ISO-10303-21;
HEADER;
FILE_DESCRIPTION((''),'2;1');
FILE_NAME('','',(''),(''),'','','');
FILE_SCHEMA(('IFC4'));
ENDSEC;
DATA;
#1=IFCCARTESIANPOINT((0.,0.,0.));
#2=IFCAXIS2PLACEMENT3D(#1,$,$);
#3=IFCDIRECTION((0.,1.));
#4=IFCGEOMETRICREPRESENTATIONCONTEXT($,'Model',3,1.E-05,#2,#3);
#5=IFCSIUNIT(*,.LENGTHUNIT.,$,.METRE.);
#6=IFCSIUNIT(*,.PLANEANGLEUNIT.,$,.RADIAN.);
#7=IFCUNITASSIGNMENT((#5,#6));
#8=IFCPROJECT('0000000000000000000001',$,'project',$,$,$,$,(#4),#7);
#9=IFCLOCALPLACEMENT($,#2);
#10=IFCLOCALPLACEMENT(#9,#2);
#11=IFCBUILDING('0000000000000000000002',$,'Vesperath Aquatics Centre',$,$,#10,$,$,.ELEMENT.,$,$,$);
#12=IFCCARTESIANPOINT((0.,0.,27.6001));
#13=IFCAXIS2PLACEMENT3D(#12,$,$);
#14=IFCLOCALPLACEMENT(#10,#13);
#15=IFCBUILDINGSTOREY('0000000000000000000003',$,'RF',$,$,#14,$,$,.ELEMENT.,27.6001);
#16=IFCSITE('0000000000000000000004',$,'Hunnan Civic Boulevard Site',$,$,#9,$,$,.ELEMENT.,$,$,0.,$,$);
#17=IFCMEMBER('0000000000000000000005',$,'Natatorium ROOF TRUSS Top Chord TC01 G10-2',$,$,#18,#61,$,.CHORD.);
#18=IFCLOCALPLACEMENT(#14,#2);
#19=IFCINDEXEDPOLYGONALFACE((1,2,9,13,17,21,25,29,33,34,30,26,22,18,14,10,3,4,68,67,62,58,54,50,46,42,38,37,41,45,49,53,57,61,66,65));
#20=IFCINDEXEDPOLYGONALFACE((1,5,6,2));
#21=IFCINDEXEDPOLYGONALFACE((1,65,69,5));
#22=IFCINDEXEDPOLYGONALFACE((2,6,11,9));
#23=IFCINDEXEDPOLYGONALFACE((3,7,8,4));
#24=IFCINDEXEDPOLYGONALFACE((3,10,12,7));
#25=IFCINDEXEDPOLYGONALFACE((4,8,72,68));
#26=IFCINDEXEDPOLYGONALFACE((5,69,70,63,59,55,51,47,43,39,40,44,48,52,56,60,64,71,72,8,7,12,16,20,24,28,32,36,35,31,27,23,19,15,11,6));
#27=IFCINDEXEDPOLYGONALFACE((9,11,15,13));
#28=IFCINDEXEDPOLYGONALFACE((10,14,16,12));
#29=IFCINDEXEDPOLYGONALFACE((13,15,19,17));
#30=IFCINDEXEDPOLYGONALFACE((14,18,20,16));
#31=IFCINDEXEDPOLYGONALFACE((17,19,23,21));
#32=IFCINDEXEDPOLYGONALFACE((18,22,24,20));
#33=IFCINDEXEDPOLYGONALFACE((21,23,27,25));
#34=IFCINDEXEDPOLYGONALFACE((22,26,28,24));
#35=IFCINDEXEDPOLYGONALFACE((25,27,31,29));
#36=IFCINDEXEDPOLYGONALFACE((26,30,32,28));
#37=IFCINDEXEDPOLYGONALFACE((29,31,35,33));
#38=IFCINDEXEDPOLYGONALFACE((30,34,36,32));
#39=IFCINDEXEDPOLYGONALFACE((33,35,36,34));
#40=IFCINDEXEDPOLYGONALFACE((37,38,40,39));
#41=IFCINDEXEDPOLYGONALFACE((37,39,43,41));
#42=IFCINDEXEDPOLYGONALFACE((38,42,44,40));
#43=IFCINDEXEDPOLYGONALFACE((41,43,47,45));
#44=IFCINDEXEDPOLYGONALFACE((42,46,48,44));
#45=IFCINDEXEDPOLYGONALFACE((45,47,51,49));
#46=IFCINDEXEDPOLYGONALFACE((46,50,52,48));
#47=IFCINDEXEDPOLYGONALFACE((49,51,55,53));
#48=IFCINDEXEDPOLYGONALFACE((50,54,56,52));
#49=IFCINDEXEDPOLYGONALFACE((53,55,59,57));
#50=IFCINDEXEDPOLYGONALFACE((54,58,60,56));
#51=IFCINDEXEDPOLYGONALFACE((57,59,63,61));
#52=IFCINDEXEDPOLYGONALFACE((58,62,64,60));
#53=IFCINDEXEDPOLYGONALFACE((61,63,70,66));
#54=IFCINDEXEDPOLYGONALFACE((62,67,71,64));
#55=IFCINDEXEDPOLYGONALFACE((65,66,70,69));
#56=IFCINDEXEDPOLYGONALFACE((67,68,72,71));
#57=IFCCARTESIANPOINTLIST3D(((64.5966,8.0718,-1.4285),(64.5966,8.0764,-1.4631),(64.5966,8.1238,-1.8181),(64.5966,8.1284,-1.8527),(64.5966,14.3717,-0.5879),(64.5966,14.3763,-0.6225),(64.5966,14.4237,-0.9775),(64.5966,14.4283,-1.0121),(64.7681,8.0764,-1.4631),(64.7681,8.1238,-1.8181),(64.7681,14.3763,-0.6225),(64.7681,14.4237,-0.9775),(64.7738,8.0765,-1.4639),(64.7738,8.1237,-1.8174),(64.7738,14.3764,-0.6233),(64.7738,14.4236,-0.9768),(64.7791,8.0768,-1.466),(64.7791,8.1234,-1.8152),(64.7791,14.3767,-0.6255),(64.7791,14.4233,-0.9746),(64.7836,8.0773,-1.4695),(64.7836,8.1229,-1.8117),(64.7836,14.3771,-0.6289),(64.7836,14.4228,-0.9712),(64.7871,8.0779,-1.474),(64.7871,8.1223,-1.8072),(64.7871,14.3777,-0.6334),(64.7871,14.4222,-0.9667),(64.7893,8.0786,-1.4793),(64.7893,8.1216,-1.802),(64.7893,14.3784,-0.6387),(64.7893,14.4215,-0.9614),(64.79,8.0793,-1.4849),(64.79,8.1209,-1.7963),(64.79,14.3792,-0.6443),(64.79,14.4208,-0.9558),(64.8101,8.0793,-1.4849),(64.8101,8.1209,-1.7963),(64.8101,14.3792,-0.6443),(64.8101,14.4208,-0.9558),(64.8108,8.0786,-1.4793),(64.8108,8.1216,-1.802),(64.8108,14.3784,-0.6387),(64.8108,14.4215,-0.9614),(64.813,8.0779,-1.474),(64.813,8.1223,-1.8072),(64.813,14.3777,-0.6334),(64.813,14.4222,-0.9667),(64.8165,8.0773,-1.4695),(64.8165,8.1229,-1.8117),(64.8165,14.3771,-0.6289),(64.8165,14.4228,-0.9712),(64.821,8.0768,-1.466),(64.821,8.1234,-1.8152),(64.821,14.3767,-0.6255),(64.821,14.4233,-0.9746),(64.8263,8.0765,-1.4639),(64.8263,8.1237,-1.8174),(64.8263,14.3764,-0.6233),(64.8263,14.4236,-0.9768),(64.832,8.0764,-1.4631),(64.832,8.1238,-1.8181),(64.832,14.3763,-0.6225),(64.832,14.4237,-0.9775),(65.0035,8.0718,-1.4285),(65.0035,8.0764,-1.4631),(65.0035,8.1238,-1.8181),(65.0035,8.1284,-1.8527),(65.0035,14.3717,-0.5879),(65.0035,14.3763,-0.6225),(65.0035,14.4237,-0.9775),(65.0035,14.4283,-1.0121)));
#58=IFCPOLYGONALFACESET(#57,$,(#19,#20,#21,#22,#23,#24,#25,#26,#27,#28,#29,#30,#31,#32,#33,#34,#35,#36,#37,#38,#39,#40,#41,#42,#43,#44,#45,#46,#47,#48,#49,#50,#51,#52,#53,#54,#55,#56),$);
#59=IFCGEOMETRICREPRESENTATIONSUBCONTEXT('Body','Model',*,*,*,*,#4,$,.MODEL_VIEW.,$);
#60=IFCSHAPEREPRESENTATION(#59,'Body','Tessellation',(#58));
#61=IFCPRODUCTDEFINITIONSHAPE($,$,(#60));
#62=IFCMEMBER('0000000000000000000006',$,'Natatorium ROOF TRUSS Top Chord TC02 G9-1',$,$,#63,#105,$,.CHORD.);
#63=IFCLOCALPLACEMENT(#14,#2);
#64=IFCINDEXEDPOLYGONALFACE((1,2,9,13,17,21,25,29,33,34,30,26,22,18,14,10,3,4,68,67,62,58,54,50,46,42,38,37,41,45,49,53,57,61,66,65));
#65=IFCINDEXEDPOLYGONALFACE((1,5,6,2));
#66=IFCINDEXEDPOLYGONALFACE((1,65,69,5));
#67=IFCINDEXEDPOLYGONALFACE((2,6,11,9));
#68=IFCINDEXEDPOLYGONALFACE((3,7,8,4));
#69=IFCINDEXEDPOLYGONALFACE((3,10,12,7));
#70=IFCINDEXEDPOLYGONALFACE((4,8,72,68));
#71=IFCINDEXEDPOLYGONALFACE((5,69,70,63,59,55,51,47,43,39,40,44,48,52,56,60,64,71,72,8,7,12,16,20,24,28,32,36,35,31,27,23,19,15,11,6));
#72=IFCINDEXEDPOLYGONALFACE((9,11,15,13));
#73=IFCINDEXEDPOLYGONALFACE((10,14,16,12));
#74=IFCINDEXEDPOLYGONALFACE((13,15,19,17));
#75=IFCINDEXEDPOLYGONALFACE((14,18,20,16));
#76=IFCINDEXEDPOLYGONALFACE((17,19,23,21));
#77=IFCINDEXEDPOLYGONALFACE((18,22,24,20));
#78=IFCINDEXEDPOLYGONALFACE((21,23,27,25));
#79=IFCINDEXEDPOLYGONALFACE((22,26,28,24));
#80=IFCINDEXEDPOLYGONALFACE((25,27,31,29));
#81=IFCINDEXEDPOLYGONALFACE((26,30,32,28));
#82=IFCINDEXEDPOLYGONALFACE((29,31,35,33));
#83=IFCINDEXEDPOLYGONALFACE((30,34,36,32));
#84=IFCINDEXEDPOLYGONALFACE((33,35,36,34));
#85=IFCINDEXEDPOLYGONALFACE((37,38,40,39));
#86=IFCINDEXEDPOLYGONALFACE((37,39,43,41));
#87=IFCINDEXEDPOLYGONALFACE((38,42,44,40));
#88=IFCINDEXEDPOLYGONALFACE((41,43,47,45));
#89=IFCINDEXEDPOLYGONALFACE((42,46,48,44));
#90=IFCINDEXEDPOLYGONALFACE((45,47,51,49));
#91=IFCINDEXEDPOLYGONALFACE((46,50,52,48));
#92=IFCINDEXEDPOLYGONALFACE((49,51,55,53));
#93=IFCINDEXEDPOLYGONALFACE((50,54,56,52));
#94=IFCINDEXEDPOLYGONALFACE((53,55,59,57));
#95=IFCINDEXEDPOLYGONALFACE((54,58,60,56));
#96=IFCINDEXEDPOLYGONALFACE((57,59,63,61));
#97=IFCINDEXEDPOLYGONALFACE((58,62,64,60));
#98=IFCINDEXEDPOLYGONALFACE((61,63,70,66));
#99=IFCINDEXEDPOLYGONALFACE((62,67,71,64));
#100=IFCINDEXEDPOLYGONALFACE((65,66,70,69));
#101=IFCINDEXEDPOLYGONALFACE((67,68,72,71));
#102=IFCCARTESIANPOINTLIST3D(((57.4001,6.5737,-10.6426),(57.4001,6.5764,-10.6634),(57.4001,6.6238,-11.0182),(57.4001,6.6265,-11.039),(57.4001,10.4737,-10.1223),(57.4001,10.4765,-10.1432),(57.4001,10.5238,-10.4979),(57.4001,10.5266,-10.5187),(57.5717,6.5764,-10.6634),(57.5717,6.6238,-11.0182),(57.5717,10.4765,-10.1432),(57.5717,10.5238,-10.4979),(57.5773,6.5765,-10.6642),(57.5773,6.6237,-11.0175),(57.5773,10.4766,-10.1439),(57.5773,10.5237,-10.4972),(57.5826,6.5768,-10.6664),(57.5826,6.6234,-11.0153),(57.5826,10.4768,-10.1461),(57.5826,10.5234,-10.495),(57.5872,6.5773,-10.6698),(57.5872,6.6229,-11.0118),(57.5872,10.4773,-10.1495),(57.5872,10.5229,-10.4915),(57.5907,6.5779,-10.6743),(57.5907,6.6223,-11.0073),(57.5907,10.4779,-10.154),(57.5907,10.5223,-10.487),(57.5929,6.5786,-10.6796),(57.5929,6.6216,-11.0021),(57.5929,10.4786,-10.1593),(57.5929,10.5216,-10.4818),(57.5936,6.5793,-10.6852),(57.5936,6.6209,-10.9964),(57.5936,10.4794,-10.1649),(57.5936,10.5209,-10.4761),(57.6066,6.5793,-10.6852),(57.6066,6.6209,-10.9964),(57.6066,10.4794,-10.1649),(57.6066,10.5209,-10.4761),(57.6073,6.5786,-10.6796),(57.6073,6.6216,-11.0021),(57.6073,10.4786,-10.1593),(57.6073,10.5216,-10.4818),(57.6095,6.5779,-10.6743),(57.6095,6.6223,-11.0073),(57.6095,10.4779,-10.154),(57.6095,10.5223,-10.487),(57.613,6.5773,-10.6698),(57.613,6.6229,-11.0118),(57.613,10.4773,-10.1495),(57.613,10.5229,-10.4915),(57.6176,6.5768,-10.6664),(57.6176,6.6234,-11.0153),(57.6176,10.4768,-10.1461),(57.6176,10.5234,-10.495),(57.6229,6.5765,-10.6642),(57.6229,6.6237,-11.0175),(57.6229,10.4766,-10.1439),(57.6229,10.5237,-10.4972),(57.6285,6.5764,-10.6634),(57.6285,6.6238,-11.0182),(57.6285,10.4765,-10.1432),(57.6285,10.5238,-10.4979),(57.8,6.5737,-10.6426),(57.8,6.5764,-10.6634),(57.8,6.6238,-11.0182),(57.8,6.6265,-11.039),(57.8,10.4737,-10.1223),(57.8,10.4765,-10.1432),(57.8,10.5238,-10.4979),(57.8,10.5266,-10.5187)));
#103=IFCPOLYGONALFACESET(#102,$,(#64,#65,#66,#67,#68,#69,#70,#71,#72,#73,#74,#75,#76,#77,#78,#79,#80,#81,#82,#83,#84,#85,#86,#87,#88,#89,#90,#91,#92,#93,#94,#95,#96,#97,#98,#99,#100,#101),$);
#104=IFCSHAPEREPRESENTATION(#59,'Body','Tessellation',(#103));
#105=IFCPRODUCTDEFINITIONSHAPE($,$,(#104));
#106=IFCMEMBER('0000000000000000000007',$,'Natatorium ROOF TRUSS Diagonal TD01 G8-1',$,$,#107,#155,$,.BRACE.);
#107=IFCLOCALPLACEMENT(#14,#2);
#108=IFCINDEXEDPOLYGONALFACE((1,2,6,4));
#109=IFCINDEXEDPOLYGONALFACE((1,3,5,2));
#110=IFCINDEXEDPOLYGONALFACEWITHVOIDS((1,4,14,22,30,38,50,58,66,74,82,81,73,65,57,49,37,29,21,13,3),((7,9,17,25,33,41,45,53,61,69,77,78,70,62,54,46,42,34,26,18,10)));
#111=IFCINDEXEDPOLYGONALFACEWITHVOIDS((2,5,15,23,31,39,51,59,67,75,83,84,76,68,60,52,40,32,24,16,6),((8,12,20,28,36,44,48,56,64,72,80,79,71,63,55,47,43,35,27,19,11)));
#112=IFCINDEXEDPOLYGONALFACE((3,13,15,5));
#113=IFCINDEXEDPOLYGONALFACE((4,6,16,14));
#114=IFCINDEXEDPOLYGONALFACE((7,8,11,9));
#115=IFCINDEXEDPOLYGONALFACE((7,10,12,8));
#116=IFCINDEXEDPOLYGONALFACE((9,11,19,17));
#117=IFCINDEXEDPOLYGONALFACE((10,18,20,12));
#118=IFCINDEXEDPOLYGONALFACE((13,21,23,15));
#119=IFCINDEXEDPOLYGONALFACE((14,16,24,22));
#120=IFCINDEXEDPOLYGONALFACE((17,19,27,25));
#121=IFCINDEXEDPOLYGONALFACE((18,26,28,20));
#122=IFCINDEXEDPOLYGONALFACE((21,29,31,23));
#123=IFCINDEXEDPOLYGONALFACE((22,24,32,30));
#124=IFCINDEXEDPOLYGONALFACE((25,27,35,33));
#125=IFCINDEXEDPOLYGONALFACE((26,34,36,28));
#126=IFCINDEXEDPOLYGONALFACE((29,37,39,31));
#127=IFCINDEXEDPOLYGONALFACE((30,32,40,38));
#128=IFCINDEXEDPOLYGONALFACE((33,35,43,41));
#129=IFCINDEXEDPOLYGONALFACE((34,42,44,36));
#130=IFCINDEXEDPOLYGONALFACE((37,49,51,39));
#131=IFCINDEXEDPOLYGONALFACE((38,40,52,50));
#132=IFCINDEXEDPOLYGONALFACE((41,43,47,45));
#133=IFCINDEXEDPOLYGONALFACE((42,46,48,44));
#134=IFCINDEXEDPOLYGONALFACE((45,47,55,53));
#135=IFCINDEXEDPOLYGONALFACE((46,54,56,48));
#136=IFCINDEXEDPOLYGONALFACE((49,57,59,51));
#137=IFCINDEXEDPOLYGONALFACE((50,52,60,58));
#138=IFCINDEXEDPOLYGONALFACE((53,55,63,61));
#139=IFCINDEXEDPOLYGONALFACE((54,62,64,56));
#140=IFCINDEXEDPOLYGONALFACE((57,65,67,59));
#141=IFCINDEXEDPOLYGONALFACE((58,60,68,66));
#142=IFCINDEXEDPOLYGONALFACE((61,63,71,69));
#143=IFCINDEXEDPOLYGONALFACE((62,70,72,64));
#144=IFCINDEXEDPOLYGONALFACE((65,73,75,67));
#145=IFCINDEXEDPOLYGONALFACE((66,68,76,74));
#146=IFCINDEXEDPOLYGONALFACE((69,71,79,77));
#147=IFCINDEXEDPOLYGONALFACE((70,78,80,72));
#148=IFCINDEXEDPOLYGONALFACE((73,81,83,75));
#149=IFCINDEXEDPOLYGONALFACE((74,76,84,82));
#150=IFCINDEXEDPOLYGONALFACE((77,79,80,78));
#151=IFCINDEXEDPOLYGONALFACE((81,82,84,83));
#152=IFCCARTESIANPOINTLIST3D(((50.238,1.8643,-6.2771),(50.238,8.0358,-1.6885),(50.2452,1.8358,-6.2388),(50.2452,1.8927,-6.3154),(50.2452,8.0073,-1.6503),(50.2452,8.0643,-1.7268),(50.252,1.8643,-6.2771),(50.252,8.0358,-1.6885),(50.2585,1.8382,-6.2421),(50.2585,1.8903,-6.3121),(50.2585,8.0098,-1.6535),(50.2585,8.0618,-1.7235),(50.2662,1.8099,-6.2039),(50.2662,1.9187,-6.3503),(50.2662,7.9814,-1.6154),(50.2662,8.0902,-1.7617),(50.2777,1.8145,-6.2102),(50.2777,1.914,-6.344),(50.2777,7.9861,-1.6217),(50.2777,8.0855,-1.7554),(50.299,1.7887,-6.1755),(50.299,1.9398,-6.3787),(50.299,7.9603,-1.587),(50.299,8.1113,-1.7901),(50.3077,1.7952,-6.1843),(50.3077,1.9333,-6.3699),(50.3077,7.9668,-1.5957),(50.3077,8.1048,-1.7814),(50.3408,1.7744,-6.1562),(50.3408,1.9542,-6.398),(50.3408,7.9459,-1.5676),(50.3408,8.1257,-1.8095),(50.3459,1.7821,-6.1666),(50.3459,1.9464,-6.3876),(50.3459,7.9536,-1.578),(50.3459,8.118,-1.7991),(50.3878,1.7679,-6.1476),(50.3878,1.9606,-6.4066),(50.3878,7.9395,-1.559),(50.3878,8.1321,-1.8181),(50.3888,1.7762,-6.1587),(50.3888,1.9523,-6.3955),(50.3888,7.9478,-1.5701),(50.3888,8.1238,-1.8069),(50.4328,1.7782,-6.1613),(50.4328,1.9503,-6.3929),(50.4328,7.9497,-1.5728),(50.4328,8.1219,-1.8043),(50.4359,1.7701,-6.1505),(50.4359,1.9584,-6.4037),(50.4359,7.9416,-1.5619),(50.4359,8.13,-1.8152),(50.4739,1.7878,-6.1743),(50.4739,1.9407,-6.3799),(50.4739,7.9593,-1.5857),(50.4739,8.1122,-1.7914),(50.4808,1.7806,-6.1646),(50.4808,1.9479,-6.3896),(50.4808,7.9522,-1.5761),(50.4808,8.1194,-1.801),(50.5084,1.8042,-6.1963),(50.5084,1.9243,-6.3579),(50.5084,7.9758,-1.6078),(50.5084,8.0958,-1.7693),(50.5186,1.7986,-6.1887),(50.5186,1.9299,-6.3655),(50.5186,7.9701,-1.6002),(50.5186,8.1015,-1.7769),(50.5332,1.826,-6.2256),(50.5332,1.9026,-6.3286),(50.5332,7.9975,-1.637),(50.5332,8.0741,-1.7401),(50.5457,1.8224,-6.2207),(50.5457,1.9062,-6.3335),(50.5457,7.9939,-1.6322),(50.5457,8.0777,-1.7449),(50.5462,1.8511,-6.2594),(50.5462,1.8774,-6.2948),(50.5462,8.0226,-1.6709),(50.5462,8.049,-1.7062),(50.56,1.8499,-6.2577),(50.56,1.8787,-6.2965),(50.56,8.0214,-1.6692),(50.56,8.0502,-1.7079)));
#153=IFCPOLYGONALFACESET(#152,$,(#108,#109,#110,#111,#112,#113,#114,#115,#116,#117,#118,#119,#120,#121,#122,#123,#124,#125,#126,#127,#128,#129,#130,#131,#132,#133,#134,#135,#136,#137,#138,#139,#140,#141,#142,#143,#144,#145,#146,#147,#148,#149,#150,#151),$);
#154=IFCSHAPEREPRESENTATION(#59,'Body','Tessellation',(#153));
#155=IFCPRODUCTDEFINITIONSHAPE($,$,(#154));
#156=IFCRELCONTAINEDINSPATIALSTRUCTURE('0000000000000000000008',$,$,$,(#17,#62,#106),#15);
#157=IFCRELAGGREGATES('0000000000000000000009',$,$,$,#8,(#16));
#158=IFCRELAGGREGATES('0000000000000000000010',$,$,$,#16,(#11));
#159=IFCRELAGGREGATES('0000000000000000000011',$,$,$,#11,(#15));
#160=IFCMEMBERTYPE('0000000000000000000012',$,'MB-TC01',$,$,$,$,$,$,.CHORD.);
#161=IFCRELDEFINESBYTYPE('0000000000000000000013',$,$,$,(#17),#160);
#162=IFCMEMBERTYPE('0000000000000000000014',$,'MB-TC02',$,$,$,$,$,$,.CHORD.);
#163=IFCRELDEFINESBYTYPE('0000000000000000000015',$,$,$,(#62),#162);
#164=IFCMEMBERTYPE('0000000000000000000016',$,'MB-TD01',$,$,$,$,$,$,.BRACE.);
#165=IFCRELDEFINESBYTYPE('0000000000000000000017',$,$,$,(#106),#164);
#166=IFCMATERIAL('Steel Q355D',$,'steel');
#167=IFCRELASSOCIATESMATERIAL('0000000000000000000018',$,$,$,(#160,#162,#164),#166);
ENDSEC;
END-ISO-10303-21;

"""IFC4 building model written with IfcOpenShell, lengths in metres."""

from ifc_helpers import new_model, si_unit, direction, frame, origin, origin_2d, place, context, subcontext, project, spatial, hollow_circle, i_section, extrude, material, material_profile, profile_set, type_object, element, save


model = new_model("IFC4")

# Units and contexts
model_context = context("Model", 3, precision=1e-05, world=origin(), true_north=direction((0.0, 1.0)))
body_context = subcontext(model_context, "Body", "Model", "MODEL_VIEW")
ifc_project = project(units=[si_unit("LENGTHUNIT", "METRE"), si_unit("PLANEANGLEUNIT", "RADIAN")], contexts=[model_context])

# Site, building, storey
site_placement = place(None, origin())
site = spatial("IfcSite", under=ifc_project, at=site_placement, Name="Hunnan Civic Boulevard Site", CompositionType="ELEMENT", RefElevation=0.0)
building_placement = place(site_placement, origin())
building = spatial("IfcBuilding", under=site, at=building_placement, Name="Vesperath Aquatics Centre", CompositionType="ELEMENT")
storey_placement = place(building_placement, frame((0.0, 0.0, 27.6001)))
storey = spatial("IfcBuildingStorey", under=building, at=storey_placement, Name="RF", CompositionType="ELEMENT", Elevation=27.6001)

# Members
ifc_material_1 = material(Name="Steel Q355D", Category="steel")
ifc_material_profile_1 = material_profile(ifc_material_1, i_section(OverallWidth=0.407, OverallDepth=0.428, WebThickness=0.02, FlangeThickness=0.0349, FilletRadius=0.022, at=origin_2d()), Name="HW 428x407x20x35")
ifc_profile_set_1 = profile_set([ifc_material_profile_1], Name="Steel Q355D")
member_type_1 = type_object("IfcMemberType", Name="MB-TC01", PredefinedType="CHORD", material=ifc_profile_set_1)
member_1_placement = place(storey_placement, frame((64.8, 8.1001, -1.6406), z_axis=(0.0, 0.991215, 0.132257), x_axis=(-1.0, 0.0, 0.0)))
element("IfcMember", 1, at=member_1_placement, inside=storey, type_object=member_type_1, Name="Natatorium ROOF TRUSS Top Chord TC01 G10-2", PredefinedType="CHORD", context=body_context, shape_type="SweptSolid", body=[
    extrude(i_section(OverallWidth=0.407, OverallDepth=0.428, WebThickness=0.02, FlangeThickness=0.0349, FilletRadius=0.022, at=origin_2d()), origin(), (0.0, 0.0, 1.0), 6.3557),
])
ifc_material_profile_2 = material_profile(ifc_material_1, i_section(OverallWidth=0.3999, OverallDepth=0.3999, WebThickness=0.0129, FlangeThickness=0.021, FilletRadius=0.022, at=origin_2d()), Name="HW 400x400x13x21")
ifc_profile_set_2 = profile_set([ifc_material_profile_2], Name="Steel Q355D")
member_type_2 = type_object("IfcMemberType", Name="MB-TC02", PredefinedType="CHORD", material=ifc_profile_set_2)
member_2_placement = place(storey_placement, frame((57.6001, 6.6001, -10.8408), z_axis=(0.0, 0.991219, 0.132233), x_axis=(-1.0, 0.0, 0.0)))
element("IfcMember", 2, at=member_2_placement, inside=storey, type_object=member_type_2, Name="Natatorium ROOF TRUSS Top Chord TC02 G9-1", PredefinedType="CHORD", context=body_context, shape_type="SweptSolid", body=[
    extrude(i_section(OverallWidth=0.3999, OverallDepth=0.3999, WebThickness=0.0129, FlangeThickness=0.021, FilletRadius=0.022, at=origin_2d()), origin(), (0.0, 0.0, 1.0), 3.9346),
])
ifc_material_profile_3 = material_profile(ifc_material_1, hollow_circle(Radius=0.1619, WallThickness=0.0139, at=origin_2d()), Name="CHS 323.9x14")
ifc_profile_set_3 = profile_set([ifc_material_profile_3], Name="Steel Q355D")
member_type_3 = type_object("IfcMemberType", Name="MB-TD01", PredefinedType="BRACE", material=ifc_profile_set_3)
for number, where, z_axis, x_axis, name in (
    (3, (50.3999, 1.8643, -6.2771), (0.0, 0.802496, 0.596658), (-1.0, 0.0, 0.0), "Natatorium ROOF TRUSS Diagonal TD01 G8-1"),
):
    element("IfcMember", number, at=place(storey_placement, frame(where, z_axis=z_axis, x_axis=x_axis)), inside=storey, type_object=member_type_3, Name=name, PredefinedType="BRACE", context=body_context, shape_type="SweptSolid", body=[
        extrude(hollow_circle(Radius=0.1619, WallThickness=0.0139, at=origin_2d()), origin(), (0.0, 0.0, 1.0), 7.6904),
    ])

save(model, "model.ifc")
